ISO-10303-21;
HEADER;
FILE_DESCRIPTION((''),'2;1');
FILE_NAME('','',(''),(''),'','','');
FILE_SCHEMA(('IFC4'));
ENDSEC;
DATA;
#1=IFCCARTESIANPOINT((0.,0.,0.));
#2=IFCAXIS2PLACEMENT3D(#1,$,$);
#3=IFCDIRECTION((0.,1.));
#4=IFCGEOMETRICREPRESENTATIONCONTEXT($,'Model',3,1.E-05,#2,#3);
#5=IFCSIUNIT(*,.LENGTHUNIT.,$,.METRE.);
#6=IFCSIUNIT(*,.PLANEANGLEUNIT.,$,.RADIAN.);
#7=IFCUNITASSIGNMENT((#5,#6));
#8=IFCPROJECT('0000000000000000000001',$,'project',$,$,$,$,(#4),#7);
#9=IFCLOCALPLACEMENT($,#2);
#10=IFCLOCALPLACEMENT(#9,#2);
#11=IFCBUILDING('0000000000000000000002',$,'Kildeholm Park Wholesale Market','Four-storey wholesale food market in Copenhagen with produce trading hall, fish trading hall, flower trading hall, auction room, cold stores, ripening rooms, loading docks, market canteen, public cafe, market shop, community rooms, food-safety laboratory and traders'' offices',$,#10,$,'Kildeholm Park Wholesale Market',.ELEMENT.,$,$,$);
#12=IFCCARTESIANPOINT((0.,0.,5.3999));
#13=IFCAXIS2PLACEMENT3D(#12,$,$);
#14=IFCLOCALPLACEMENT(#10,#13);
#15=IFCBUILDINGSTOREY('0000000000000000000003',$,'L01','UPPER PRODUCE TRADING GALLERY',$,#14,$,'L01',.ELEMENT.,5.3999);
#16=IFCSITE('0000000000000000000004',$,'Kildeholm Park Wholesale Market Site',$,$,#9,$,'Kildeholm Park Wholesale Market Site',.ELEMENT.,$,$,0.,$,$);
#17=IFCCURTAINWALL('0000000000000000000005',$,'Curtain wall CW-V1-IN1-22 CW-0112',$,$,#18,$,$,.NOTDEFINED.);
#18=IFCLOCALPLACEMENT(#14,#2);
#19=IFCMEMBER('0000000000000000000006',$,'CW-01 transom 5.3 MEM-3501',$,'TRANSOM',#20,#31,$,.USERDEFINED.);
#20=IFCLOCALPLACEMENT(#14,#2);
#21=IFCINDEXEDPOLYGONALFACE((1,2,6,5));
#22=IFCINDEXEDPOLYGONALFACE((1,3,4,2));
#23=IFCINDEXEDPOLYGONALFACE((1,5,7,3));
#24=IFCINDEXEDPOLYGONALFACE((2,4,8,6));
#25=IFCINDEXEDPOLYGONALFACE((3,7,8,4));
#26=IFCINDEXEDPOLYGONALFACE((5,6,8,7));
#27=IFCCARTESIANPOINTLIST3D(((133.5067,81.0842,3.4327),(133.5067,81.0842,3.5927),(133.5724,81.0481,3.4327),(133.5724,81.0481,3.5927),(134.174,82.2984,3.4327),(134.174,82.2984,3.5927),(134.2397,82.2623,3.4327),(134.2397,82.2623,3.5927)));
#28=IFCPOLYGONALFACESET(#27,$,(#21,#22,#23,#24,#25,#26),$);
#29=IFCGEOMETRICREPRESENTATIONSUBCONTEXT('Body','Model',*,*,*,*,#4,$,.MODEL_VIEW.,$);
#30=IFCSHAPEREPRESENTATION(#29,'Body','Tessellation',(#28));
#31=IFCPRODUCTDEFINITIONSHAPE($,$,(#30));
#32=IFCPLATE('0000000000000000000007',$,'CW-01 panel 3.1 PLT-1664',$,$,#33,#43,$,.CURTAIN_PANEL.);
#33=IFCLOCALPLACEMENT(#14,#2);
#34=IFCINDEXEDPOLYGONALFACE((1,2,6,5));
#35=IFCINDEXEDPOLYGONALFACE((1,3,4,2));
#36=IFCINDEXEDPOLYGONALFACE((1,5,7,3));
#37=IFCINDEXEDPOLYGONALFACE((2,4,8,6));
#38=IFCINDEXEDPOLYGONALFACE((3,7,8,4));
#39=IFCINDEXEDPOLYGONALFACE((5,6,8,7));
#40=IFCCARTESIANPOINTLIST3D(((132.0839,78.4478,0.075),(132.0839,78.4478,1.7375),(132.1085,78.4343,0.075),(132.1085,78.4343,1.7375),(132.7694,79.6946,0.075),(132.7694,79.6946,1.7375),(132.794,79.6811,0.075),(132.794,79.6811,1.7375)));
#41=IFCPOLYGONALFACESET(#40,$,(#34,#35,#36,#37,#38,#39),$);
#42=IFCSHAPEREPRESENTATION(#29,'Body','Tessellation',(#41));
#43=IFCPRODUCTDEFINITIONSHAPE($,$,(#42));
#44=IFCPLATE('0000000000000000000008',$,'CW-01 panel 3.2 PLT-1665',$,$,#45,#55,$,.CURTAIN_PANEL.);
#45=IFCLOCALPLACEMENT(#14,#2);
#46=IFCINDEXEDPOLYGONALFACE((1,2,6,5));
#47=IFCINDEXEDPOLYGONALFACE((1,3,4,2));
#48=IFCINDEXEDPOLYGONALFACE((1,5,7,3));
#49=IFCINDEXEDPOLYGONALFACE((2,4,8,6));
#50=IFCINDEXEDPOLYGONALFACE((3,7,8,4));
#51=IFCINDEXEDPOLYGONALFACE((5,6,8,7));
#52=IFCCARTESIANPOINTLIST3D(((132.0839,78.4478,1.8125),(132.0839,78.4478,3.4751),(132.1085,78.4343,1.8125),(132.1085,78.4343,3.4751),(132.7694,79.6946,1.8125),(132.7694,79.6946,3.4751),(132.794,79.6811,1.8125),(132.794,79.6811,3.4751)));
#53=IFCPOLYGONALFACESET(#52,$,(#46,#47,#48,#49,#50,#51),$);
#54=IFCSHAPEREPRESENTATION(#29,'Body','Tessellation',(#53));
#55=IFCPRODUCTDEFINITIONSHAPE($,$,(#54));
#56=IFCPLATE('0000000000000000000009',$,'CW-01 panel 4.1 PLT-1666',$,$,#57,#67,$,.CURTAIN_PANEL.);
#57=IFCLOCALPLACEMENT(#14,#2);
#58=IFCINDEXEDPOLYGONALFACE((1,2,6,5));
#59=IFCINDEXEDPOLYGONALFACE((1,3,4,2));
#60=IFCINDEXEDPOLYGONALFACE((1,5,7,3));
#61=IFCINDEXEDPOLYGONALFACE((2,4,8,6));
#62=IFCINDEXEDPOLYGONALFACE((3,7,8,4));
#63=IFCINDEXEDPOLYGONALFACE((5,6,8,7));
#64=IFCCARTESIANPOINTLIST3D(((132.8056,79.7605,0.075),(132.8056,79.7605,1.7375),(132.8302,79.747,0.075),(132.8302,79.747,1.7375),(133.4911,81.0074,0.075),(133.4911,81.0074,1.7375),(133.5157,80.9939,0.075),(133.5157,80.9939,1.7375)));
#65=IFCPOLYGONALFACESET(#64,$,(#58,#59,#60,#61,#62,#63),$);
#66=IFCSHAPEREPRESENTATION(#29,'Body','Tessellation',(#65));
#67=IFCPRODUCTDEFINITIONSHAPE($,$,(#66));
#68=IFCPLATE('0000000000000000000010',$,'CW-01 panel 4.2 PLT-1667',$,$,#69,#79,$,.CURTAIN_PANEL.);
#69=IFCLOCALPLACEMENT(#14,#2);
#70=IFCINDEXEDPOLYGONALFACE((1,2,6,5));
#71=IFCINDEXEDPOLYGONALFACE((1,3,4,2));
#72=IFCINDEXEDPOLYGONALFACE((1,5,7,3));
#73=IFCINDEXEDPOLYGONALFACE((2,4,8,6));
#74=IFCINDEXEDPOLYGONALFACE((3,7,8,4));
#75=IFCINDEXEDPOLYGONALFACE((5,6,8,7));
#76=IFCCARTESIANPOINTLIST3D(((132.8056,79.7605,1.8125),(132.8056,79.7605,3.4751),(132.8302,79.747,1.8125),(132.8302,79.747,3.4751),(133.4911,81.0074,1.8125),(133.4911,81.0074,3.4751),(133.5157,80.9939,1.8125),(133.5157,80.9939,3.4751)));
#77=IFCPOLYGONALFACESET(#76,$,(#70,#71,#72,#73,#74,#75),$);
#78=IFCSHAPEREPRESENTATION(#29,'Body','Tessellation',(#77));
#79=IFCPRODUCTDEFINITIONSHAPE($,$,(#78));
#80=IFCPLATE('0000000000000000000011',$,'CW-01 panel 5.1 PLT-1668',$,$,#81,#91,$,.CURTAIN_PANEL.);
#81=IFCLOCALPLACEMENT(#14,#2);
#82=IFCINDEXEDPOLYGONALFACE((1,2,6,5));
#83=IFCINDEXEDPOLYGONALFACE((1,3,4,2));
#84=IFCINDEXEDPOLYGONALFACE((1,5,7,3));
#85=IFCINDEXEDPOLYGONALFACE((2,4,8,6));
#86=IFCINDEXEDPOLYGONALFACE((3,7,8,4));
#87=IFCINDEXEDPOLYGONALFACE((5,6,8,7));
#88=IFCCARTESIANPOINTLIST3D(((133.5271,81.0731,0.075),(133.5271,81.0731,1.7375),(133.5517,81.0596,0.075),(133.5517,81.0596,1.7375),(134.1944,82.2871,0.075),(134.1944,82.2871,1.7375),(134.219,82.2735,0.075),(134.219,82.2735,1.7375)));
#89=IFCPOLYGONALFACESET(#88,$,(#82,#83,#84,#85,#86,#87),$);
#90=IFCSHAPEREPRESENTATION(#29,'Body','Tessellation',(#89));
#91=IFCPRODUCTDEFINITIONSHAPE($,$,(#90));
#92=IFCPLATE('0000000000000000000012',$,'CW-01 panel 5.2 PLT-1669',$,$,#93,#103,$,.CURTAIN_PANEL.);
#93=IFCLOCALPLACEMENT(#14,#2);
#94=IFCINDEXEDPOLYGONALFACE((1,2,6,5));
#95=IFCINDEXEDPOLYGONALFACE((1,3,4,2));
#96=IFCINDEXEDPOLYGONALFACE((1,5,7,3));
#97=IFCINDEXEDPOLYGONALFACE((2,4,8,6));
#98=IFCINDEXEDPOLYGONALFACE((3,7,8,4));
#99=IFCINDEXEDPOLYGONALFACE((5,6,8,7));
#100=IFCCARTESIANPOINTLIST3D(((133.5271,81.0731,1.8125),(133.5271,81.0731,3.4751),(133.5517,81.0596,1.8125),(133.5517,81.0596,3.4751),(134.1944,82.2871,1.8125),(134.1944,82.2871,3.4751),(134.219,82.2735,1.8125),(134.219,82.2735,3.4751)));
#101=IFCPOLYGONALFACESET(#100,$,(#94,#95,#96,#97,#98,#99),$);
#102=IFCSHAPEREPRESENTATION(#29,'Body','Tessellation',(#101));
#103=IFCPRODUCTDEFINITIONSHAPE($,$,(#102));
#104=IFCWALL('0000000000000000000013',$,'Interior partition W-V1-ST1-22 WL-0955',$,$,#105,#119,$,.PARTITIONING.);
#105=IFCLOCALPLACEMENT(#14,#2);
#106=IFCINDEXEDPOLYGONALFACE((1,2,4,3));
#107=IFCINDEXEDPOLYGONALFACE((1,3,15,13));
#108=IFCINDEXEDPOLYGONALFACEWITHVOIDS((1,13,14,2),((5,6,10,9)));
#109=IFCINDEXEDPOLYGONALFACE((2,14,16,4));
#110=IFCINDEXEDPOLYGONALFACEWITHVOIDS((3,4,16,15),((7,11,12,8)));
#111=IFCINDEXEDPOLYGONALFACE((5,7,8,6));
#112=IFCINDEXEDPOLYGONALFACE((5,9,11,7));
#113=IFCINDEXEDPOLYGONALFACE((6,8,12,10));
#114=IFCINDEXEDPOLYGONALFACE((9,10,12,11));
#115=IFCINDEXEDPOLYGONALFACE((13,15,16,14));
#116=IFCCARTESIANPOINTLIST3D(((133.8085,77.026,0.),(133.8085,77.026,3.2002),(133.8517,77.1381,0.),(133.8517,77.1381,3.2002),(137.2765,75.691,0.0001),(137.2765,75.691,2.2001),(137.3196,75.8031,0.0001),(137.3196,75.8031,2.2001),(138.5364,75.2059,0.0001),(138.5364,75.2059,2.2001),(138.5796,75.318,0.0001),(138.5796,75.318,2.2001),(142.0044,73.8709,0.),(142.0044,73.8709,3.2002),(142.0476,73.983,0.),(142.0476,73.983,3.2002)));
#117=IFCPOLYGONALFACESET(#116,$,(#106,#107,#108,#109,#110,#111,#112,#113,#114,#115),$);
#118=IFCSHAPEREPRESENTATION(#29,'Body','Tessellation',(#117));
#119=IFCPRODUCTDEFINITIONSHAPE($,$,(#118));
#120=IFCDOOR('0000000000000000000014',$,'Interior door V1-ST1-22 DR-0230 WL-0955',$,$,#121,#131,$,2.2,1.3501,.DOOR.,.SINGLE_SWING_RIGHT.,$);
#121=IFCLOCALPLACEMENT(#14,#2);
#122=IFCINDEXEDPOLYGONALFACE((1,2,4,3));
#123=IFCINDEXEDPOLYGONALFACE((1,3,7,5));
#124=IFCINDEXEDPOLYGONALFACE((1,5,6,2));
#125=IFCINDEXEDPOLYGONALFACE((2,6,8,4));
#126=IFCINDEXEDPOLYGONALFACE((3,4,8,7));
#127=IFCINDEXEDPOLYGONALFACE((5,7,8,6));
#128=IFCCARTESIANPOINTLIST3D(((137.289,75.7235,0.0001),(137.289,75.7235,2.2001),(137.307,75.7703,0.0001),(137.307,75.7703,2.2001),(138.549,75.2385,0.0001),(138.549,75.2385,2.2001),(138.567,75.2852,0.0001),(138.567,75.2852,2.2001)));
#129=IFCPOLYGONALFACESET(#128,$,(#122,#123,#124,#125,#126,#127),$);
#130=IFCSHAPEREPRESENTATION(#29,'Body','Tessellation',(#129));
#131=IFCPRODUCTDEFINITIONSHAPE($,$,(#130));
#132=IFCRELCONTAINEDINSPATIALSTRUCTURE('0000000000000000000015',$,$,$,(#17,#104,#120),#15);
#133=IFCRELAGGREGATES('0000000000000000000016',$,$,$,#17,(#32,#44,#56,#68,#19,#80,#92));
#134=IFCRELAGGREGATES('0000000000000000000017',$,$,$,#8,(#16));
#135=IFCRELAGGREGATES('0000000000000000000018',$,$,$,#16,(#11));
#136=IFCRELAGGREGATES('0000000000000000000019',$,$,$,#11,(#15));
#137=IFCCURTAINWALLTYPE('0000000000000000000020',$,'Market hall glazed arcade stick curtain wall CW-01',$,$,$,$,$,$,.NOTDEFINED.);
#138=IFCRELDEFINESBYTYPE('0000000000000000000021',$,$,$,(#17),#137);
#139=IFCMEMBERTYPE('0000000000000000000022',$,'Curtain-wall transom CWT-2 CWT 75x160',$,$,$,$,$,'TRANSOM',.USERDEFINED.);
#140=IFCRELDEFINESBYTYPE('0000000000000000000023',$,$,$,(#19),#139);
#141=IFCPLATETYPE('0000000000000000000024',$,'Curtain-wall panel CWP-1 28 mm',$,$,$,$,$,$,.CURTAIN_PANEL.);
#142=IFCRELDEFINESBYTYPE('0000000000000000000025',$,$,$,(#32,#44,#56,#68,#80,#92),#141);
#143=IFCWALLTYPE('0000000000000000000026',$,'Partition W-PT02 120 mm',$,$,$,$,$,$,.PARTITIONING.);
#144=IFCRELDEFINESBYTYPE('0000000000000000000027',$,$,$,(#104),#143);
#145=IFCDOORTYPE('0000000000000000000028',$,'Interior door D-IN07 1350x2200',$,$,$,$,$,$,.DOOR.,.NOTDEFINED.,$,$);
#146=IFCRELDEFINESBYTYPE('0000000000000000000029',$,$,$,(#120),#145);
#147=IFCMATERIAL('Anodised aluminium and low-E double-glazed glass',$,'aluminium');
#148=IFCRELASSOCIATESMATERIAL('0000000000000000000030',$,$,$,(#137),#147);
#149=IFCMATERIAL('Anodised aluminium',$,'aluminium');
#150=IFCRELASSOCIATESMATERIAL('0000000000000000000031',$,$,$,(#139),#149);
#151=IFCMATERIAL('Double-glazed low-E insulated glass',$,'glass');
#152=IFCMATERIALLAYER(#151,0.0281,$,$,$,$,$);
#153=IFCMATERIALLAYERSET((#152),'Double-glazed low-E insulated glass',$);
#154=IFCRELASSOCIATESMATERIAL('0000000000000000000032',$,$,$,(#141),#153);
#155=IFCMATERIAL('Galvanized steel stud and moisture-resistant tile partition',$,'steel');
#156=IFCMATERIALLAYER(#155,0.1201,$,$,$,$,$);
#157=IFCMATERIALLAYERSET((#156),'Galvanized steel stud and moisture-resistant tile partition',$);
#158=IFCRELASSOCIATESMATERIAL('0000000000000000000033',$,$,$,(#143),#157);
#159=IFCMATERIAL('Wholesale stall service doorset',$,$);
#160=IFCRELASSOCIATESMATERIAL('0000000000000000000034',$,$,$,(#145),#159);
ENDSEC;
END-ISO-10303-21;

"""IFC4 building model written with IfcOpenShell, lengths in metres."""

from ifc_helpers import new_model, si_unit, direction, frame, frame_2d, origin, origin_2d, place, context, subcontext, project, spatial, rectangle, extrude, material, layer, layer_set, material_profile, profile_set, type_object, element, fill, aggregate, save


model = new_model("IFC4")

# Units and contexts
model_context = context("Model", 3, precision=1e-05, world=origin(), true_north=direction((0.0, 1.0)))
body_context = subcontext(model_context, "Body", "Model", "MODEL_VIEW")
ifc_project = project(units=[si_unit("LENGTHUNIT", "METRE"), si_unit("PLANEANGLEUNIT", "RADIAN")], contexts=[model_context])

# Site, building, storey
site_placement = place(None, origin())
site = spatial("IfcSite", under=ifc_project, at=site_placement, Name="Kildeholm Park Wholesale Market Site", LongName="Kildeholm Park Wholesale Market Site", CompositionType="ELEMENT", RefElevation=0.0)
building_placement = place(site_placement, origin())
building = spatial("IfcBuilding", under=site, at=building_placement, Name="Kildeholm Park Wholesale Market", Description="Four-storey wholesale food market in Copenhagen with produce trading hall, fish trading hall, flower trading hall, auction room, cold stores, ripening rooms, loading docks, market canteen, public cafe, market shop, community rooms, food-safety laboratory and traders' offices", LongName="Kildeholm Park Wholesale Market", CompositionType="ELEMENT")
storey_placement = place(building_placement, frame((0.0, 0.0, 5.3999)))
storey = spatial("IfcBuildingStorey", under=building, at=storey_placement, Name="L01", Description="UPPER PRODUCE TRADING GALLERY", LongName="L01", CompositionType="ELEMENT", Elevation=5.3999)

# Curtain wall, member, plates
ifc_material_1 = material(Name="Anodised aluminium and low-E double-glazed glass", Category="aluminium")
curtain_wall_type = type_object("IfcCurtainWallType", Name="Market hall glazed arcade stick curtain wall CW-01", PredefinedType="NOTDEFINED", material=ifc_material_1)
curtain_wall_placement = place(storey_placement, origin())
curtain_wall = element("IfcCurtainWall", 1, at=curtain_wall_placement, inside=storey, type_object=curtain_wall_type, Name="Curtain wall CW-V1-IN1-22 CW-0112", PredefinedType="NOTDEFINED")
ifc_material_2 = material(Name="Anodised aluminium", Category="aluminium")
ifc_material_profile_1 = material_profile(ifc_material_2, rectangle(XDim=0.075, YDim=0.1599, at=origin_2d()), Name="CWT 75x160")
ifc_profile_set_1 = profile_set([ifc_material_profile_1], Name="Anodised aluminium")
member_type_1 = type_object("IfcMemberType", Name="Curtain-wall transom CWT-2 CWT 75x160", ElementType="TRANSOM", PredefinedType="USERDEFINED", material=ifc_profile_set_1)
member_1_placement = place(storey_placement, frame((133.5396, 81.0662, 3.5127), z_axis=(0.481628, 0.876376, 0.0), x_axis=(-0.876376, 0.481628, 0.0)))
member_1 = element("IfcMember", 2, at=member_1_placement, type_object=member_type_1, Name="CW-01 transom 5.3 MEM-3501", ObjectType="TRANSOM", PredefinedType="USERDEFINED", context=body_context, shape_type="SweptSolid", body=[
    extrude(rectangle(XDim=0.075, YDim=0.1599, at=origin_2d()), origin(), (0.0, 0.0, 1.0), 1.3855),
])
ifc_material_3 = material(Name="Double-glazed low-E insulated glass", Category="glass")
ifc_layer_1 = layer(ifc_material_3, 0.0281)
ifc_layer_set_1 = layer_set([ifc_layer_1], Name="Double-glazed low-E insulated glass")
plate_type = type_object("IfcPlateType", Name="Curtain-wall panel CWP-1 28 mm", PredefinedType="CURTAIN_PANEL", material=ifc_layer_set_1)
plate_1_placement = place(storey_placement, frame((132.439, 79.0645, 0.075), z_axis=(0.0, 0.0, 1.0), x_axis=(0.48175, 0.876309, 0.0)))
plate_1 = element("IfcPlate", 3, at=plate_1_placement, type_object=plate_type, Name="CW-01 panel 3.1 PLT-1664", PredefinedType="CURTAIN_PANEL", context=body_context, shape_type="SweptSolid", body=[
    extrude(rectangle(XDim=1.4229, YDim=0.0281, at=origin_2d()), origin(), (0.0, 0.0, 1.0), 1.6626),
])
plate_2_placement = place(storey_placement, frame((132.439, 79.0645, 1.8125), z_axis=(0.0, 0.0, 1.0), x_axis=(0.48175, 0.876309, 0.0)))
plate_2 = element("IfcPlate", 4, at=plate_2_placement, type_object=plate_type, Name="CW-01 panel 3.2 PLT-1665", PredefinedType="CURTAIN_PANEL", context=body_context, shape_type="SweptSolid", body=[
    extrude(rectangle(XDim=1.4229, YDim=0.0281, at=origin_2d()), origin(), (0.0, 0.0, 1.0), 1.6626),
])
plate_3_placement = place(storey_placement, frame((133.1606, 80.3772, 0.075), z_axis=(0.0, 0.0, 1.0), x_axis=(0.48175, 0.876309, 0.0)))
plate_3 = element("IfcPlate", 5, at=plate_3_placement, type_object=plate_type, Name="CW-01 panel 4.1 PLT-1666", PredefinedType="CURTAIN_PANEL", context=body_context, shape_type="SweptSolid", body=[
    extrude(rectangle(XDim=1.4229, YDim=0.0281, at=origin_2d()), origin(), (0.0, 0.0, 1.0), 1.6626),
])
plate_4_placement = place(storey_placement, frame((133.1606, 80.3772, 1.8125), z_axis=(0.0, 0.0, 1.0), x_axis=(0.48175, 0.876309, 0.0)))
plate_4 = element("IfcPlate", 6, at=plate_4_placement, type_object=plate_type, Name="CW-01 panel 4.2 PLT-1667", PredefinedType="CURTAIN_PANEL", context=body_context, shape_type="SweptSolid", body=[
    extrude(rectangle(XDim=1.4229, YDim=0.0281, at=origin_2d()), origin(), (0.0, 0.0, 1.0), 1.6626),
])
plate_5_placement = place(storey_placement, frame((133.873, 81.6733, 0.075), z_axis=(0.0, 0.0, 1.0), x_axis=(0.48175, 0.876309, 0.0)))
plate_5 = element("IfcPlate", 7, at=plate_5_placement, type_object=plate_type, Name="CW-01 panel 5.1 PLT-1668", PredefinedType="CURTAIN_PANEL", context=body_context, shape_type="SweptSolid", body=[
    extrude(rectangle(XDim=1.3853, YDim=0.0281, at=origin_2d()), origin(), (0.0, 0.0, 1.0), 1.6626),
])
plate_6_placement = place(storey_placement, frame((133.873, 81.6733, 1.8125), z_axis=(0.0, 0.0, 1.0), x_axis=(0.48175, 0.876309, 0.0)))
plate_6 = element("IfcPlate", 8, at=plate_6_placement, type_object=plate_type, Name="CW-01 panel 5.2 PLT-1669", PredefinedType="CURTAIN_PANEL", context=body_context, shape_type="SweptSolid", body=[
    extrude(rectangle(XDim=1.3853, YDim=0.0281, at=origin_2d()), origin(), (0.0, 0.0, 1.0), 1.6626),
])
aggregate(curtain_wall, [plate_1, plate_2, plate_3, plate_4, member_1, plate_5, plate_6])

# Wall, opening, door
ifc_material_4 = material(Name="Galvanized steel stud and moisture-resistant tile partition", Category="steel")
ifc_layer_2 = layer(ifc_material_4, 0.1201)
ifc_layer_set_2 = layer_set([ifc_layer_2], Name="Galvanized steel stud and moisture-resistant tile partition")
wall_type = type_object("IfcWallType", Name="Partition W-PT02 120 mm", PredefinedType="PARTITIONING", material=ifc_layer_set_2)
wall_placement = place(storey_placement, frame((133.8301, 77.082, 0.0), z_axis=(0.0, 0.0, 1.0), x_axis=(0.933239, -0.359257, 0.0)))
wall = element("IfcWall", 9, at=wall_placement, inside=storey, type_object=wall_type, Name="Interior partition W-V1-ST1-22 WL-0955", PredefinedType="PARTITIONING", context=body_context, shape_type="SweptSolid", body=[
    extrude(rectangle(XDim=8.7822, YDim=0.1201, at=frame_2d((4.3911, 0.0))), origin(), (0.0, 0.0, 1.0), 3.2002),
])
opening_placement = place(wall_placement, frame((3.7161, 0.0, 0.0)))
opening = element("IfcOpeningElement", 10, at=opening_placement, cuts=wall, PredefinedType="OPENING", context=body_context, shape_type="SweptSolid", body=[
    extrude(rectangle(XDim=1.3501, YDim=2.2, at=frame_2d((0.675, 1.1001))), frame((0.0, 0.0701, 0.0), z_axis=(0.0, -1.0, 0.0), x_axis=(1.0, 0.0, 0.0)), (0.0, 0.0, 1.0), 0.1401),
])
ifc_material_5 = material(Name="Wholesale stall service doorset")
door_type = type_object("IfcDoorType", Name="Interior door D-IN07 1350x2200", OperationType="NOTDEFINED", PredefinedType="DOOR", material=ifc_material_5)
door_placement = place(opening_placement, origin())
door = element("IfcDoor", 11, at=door_placement, inside=storey, type_object=door_type, Name="Interior door V1-ST1-22 DR-0230 WL-0955", OperationType="SINGLE_SWING_RIGHT", OverallHeight=2.2, OverallWidth=1.3501, PredefinedType="DOOR", context=body_context, shape_type="SweptSolid", body=[
    extrude(rectangle(XDim=1.3501, YDim=2.2, at=frame_2d((0.675, 1.1001))), frame((0.0, 0.0249, 0.0), z_axis=(0.0, -1.0, 0.0), x_axis=(1.0, 0.0, 0.0)), (0.0, 0.0, 1.0), 0.05),
])
fill(opening, door)

save(model, "model.ifc")
